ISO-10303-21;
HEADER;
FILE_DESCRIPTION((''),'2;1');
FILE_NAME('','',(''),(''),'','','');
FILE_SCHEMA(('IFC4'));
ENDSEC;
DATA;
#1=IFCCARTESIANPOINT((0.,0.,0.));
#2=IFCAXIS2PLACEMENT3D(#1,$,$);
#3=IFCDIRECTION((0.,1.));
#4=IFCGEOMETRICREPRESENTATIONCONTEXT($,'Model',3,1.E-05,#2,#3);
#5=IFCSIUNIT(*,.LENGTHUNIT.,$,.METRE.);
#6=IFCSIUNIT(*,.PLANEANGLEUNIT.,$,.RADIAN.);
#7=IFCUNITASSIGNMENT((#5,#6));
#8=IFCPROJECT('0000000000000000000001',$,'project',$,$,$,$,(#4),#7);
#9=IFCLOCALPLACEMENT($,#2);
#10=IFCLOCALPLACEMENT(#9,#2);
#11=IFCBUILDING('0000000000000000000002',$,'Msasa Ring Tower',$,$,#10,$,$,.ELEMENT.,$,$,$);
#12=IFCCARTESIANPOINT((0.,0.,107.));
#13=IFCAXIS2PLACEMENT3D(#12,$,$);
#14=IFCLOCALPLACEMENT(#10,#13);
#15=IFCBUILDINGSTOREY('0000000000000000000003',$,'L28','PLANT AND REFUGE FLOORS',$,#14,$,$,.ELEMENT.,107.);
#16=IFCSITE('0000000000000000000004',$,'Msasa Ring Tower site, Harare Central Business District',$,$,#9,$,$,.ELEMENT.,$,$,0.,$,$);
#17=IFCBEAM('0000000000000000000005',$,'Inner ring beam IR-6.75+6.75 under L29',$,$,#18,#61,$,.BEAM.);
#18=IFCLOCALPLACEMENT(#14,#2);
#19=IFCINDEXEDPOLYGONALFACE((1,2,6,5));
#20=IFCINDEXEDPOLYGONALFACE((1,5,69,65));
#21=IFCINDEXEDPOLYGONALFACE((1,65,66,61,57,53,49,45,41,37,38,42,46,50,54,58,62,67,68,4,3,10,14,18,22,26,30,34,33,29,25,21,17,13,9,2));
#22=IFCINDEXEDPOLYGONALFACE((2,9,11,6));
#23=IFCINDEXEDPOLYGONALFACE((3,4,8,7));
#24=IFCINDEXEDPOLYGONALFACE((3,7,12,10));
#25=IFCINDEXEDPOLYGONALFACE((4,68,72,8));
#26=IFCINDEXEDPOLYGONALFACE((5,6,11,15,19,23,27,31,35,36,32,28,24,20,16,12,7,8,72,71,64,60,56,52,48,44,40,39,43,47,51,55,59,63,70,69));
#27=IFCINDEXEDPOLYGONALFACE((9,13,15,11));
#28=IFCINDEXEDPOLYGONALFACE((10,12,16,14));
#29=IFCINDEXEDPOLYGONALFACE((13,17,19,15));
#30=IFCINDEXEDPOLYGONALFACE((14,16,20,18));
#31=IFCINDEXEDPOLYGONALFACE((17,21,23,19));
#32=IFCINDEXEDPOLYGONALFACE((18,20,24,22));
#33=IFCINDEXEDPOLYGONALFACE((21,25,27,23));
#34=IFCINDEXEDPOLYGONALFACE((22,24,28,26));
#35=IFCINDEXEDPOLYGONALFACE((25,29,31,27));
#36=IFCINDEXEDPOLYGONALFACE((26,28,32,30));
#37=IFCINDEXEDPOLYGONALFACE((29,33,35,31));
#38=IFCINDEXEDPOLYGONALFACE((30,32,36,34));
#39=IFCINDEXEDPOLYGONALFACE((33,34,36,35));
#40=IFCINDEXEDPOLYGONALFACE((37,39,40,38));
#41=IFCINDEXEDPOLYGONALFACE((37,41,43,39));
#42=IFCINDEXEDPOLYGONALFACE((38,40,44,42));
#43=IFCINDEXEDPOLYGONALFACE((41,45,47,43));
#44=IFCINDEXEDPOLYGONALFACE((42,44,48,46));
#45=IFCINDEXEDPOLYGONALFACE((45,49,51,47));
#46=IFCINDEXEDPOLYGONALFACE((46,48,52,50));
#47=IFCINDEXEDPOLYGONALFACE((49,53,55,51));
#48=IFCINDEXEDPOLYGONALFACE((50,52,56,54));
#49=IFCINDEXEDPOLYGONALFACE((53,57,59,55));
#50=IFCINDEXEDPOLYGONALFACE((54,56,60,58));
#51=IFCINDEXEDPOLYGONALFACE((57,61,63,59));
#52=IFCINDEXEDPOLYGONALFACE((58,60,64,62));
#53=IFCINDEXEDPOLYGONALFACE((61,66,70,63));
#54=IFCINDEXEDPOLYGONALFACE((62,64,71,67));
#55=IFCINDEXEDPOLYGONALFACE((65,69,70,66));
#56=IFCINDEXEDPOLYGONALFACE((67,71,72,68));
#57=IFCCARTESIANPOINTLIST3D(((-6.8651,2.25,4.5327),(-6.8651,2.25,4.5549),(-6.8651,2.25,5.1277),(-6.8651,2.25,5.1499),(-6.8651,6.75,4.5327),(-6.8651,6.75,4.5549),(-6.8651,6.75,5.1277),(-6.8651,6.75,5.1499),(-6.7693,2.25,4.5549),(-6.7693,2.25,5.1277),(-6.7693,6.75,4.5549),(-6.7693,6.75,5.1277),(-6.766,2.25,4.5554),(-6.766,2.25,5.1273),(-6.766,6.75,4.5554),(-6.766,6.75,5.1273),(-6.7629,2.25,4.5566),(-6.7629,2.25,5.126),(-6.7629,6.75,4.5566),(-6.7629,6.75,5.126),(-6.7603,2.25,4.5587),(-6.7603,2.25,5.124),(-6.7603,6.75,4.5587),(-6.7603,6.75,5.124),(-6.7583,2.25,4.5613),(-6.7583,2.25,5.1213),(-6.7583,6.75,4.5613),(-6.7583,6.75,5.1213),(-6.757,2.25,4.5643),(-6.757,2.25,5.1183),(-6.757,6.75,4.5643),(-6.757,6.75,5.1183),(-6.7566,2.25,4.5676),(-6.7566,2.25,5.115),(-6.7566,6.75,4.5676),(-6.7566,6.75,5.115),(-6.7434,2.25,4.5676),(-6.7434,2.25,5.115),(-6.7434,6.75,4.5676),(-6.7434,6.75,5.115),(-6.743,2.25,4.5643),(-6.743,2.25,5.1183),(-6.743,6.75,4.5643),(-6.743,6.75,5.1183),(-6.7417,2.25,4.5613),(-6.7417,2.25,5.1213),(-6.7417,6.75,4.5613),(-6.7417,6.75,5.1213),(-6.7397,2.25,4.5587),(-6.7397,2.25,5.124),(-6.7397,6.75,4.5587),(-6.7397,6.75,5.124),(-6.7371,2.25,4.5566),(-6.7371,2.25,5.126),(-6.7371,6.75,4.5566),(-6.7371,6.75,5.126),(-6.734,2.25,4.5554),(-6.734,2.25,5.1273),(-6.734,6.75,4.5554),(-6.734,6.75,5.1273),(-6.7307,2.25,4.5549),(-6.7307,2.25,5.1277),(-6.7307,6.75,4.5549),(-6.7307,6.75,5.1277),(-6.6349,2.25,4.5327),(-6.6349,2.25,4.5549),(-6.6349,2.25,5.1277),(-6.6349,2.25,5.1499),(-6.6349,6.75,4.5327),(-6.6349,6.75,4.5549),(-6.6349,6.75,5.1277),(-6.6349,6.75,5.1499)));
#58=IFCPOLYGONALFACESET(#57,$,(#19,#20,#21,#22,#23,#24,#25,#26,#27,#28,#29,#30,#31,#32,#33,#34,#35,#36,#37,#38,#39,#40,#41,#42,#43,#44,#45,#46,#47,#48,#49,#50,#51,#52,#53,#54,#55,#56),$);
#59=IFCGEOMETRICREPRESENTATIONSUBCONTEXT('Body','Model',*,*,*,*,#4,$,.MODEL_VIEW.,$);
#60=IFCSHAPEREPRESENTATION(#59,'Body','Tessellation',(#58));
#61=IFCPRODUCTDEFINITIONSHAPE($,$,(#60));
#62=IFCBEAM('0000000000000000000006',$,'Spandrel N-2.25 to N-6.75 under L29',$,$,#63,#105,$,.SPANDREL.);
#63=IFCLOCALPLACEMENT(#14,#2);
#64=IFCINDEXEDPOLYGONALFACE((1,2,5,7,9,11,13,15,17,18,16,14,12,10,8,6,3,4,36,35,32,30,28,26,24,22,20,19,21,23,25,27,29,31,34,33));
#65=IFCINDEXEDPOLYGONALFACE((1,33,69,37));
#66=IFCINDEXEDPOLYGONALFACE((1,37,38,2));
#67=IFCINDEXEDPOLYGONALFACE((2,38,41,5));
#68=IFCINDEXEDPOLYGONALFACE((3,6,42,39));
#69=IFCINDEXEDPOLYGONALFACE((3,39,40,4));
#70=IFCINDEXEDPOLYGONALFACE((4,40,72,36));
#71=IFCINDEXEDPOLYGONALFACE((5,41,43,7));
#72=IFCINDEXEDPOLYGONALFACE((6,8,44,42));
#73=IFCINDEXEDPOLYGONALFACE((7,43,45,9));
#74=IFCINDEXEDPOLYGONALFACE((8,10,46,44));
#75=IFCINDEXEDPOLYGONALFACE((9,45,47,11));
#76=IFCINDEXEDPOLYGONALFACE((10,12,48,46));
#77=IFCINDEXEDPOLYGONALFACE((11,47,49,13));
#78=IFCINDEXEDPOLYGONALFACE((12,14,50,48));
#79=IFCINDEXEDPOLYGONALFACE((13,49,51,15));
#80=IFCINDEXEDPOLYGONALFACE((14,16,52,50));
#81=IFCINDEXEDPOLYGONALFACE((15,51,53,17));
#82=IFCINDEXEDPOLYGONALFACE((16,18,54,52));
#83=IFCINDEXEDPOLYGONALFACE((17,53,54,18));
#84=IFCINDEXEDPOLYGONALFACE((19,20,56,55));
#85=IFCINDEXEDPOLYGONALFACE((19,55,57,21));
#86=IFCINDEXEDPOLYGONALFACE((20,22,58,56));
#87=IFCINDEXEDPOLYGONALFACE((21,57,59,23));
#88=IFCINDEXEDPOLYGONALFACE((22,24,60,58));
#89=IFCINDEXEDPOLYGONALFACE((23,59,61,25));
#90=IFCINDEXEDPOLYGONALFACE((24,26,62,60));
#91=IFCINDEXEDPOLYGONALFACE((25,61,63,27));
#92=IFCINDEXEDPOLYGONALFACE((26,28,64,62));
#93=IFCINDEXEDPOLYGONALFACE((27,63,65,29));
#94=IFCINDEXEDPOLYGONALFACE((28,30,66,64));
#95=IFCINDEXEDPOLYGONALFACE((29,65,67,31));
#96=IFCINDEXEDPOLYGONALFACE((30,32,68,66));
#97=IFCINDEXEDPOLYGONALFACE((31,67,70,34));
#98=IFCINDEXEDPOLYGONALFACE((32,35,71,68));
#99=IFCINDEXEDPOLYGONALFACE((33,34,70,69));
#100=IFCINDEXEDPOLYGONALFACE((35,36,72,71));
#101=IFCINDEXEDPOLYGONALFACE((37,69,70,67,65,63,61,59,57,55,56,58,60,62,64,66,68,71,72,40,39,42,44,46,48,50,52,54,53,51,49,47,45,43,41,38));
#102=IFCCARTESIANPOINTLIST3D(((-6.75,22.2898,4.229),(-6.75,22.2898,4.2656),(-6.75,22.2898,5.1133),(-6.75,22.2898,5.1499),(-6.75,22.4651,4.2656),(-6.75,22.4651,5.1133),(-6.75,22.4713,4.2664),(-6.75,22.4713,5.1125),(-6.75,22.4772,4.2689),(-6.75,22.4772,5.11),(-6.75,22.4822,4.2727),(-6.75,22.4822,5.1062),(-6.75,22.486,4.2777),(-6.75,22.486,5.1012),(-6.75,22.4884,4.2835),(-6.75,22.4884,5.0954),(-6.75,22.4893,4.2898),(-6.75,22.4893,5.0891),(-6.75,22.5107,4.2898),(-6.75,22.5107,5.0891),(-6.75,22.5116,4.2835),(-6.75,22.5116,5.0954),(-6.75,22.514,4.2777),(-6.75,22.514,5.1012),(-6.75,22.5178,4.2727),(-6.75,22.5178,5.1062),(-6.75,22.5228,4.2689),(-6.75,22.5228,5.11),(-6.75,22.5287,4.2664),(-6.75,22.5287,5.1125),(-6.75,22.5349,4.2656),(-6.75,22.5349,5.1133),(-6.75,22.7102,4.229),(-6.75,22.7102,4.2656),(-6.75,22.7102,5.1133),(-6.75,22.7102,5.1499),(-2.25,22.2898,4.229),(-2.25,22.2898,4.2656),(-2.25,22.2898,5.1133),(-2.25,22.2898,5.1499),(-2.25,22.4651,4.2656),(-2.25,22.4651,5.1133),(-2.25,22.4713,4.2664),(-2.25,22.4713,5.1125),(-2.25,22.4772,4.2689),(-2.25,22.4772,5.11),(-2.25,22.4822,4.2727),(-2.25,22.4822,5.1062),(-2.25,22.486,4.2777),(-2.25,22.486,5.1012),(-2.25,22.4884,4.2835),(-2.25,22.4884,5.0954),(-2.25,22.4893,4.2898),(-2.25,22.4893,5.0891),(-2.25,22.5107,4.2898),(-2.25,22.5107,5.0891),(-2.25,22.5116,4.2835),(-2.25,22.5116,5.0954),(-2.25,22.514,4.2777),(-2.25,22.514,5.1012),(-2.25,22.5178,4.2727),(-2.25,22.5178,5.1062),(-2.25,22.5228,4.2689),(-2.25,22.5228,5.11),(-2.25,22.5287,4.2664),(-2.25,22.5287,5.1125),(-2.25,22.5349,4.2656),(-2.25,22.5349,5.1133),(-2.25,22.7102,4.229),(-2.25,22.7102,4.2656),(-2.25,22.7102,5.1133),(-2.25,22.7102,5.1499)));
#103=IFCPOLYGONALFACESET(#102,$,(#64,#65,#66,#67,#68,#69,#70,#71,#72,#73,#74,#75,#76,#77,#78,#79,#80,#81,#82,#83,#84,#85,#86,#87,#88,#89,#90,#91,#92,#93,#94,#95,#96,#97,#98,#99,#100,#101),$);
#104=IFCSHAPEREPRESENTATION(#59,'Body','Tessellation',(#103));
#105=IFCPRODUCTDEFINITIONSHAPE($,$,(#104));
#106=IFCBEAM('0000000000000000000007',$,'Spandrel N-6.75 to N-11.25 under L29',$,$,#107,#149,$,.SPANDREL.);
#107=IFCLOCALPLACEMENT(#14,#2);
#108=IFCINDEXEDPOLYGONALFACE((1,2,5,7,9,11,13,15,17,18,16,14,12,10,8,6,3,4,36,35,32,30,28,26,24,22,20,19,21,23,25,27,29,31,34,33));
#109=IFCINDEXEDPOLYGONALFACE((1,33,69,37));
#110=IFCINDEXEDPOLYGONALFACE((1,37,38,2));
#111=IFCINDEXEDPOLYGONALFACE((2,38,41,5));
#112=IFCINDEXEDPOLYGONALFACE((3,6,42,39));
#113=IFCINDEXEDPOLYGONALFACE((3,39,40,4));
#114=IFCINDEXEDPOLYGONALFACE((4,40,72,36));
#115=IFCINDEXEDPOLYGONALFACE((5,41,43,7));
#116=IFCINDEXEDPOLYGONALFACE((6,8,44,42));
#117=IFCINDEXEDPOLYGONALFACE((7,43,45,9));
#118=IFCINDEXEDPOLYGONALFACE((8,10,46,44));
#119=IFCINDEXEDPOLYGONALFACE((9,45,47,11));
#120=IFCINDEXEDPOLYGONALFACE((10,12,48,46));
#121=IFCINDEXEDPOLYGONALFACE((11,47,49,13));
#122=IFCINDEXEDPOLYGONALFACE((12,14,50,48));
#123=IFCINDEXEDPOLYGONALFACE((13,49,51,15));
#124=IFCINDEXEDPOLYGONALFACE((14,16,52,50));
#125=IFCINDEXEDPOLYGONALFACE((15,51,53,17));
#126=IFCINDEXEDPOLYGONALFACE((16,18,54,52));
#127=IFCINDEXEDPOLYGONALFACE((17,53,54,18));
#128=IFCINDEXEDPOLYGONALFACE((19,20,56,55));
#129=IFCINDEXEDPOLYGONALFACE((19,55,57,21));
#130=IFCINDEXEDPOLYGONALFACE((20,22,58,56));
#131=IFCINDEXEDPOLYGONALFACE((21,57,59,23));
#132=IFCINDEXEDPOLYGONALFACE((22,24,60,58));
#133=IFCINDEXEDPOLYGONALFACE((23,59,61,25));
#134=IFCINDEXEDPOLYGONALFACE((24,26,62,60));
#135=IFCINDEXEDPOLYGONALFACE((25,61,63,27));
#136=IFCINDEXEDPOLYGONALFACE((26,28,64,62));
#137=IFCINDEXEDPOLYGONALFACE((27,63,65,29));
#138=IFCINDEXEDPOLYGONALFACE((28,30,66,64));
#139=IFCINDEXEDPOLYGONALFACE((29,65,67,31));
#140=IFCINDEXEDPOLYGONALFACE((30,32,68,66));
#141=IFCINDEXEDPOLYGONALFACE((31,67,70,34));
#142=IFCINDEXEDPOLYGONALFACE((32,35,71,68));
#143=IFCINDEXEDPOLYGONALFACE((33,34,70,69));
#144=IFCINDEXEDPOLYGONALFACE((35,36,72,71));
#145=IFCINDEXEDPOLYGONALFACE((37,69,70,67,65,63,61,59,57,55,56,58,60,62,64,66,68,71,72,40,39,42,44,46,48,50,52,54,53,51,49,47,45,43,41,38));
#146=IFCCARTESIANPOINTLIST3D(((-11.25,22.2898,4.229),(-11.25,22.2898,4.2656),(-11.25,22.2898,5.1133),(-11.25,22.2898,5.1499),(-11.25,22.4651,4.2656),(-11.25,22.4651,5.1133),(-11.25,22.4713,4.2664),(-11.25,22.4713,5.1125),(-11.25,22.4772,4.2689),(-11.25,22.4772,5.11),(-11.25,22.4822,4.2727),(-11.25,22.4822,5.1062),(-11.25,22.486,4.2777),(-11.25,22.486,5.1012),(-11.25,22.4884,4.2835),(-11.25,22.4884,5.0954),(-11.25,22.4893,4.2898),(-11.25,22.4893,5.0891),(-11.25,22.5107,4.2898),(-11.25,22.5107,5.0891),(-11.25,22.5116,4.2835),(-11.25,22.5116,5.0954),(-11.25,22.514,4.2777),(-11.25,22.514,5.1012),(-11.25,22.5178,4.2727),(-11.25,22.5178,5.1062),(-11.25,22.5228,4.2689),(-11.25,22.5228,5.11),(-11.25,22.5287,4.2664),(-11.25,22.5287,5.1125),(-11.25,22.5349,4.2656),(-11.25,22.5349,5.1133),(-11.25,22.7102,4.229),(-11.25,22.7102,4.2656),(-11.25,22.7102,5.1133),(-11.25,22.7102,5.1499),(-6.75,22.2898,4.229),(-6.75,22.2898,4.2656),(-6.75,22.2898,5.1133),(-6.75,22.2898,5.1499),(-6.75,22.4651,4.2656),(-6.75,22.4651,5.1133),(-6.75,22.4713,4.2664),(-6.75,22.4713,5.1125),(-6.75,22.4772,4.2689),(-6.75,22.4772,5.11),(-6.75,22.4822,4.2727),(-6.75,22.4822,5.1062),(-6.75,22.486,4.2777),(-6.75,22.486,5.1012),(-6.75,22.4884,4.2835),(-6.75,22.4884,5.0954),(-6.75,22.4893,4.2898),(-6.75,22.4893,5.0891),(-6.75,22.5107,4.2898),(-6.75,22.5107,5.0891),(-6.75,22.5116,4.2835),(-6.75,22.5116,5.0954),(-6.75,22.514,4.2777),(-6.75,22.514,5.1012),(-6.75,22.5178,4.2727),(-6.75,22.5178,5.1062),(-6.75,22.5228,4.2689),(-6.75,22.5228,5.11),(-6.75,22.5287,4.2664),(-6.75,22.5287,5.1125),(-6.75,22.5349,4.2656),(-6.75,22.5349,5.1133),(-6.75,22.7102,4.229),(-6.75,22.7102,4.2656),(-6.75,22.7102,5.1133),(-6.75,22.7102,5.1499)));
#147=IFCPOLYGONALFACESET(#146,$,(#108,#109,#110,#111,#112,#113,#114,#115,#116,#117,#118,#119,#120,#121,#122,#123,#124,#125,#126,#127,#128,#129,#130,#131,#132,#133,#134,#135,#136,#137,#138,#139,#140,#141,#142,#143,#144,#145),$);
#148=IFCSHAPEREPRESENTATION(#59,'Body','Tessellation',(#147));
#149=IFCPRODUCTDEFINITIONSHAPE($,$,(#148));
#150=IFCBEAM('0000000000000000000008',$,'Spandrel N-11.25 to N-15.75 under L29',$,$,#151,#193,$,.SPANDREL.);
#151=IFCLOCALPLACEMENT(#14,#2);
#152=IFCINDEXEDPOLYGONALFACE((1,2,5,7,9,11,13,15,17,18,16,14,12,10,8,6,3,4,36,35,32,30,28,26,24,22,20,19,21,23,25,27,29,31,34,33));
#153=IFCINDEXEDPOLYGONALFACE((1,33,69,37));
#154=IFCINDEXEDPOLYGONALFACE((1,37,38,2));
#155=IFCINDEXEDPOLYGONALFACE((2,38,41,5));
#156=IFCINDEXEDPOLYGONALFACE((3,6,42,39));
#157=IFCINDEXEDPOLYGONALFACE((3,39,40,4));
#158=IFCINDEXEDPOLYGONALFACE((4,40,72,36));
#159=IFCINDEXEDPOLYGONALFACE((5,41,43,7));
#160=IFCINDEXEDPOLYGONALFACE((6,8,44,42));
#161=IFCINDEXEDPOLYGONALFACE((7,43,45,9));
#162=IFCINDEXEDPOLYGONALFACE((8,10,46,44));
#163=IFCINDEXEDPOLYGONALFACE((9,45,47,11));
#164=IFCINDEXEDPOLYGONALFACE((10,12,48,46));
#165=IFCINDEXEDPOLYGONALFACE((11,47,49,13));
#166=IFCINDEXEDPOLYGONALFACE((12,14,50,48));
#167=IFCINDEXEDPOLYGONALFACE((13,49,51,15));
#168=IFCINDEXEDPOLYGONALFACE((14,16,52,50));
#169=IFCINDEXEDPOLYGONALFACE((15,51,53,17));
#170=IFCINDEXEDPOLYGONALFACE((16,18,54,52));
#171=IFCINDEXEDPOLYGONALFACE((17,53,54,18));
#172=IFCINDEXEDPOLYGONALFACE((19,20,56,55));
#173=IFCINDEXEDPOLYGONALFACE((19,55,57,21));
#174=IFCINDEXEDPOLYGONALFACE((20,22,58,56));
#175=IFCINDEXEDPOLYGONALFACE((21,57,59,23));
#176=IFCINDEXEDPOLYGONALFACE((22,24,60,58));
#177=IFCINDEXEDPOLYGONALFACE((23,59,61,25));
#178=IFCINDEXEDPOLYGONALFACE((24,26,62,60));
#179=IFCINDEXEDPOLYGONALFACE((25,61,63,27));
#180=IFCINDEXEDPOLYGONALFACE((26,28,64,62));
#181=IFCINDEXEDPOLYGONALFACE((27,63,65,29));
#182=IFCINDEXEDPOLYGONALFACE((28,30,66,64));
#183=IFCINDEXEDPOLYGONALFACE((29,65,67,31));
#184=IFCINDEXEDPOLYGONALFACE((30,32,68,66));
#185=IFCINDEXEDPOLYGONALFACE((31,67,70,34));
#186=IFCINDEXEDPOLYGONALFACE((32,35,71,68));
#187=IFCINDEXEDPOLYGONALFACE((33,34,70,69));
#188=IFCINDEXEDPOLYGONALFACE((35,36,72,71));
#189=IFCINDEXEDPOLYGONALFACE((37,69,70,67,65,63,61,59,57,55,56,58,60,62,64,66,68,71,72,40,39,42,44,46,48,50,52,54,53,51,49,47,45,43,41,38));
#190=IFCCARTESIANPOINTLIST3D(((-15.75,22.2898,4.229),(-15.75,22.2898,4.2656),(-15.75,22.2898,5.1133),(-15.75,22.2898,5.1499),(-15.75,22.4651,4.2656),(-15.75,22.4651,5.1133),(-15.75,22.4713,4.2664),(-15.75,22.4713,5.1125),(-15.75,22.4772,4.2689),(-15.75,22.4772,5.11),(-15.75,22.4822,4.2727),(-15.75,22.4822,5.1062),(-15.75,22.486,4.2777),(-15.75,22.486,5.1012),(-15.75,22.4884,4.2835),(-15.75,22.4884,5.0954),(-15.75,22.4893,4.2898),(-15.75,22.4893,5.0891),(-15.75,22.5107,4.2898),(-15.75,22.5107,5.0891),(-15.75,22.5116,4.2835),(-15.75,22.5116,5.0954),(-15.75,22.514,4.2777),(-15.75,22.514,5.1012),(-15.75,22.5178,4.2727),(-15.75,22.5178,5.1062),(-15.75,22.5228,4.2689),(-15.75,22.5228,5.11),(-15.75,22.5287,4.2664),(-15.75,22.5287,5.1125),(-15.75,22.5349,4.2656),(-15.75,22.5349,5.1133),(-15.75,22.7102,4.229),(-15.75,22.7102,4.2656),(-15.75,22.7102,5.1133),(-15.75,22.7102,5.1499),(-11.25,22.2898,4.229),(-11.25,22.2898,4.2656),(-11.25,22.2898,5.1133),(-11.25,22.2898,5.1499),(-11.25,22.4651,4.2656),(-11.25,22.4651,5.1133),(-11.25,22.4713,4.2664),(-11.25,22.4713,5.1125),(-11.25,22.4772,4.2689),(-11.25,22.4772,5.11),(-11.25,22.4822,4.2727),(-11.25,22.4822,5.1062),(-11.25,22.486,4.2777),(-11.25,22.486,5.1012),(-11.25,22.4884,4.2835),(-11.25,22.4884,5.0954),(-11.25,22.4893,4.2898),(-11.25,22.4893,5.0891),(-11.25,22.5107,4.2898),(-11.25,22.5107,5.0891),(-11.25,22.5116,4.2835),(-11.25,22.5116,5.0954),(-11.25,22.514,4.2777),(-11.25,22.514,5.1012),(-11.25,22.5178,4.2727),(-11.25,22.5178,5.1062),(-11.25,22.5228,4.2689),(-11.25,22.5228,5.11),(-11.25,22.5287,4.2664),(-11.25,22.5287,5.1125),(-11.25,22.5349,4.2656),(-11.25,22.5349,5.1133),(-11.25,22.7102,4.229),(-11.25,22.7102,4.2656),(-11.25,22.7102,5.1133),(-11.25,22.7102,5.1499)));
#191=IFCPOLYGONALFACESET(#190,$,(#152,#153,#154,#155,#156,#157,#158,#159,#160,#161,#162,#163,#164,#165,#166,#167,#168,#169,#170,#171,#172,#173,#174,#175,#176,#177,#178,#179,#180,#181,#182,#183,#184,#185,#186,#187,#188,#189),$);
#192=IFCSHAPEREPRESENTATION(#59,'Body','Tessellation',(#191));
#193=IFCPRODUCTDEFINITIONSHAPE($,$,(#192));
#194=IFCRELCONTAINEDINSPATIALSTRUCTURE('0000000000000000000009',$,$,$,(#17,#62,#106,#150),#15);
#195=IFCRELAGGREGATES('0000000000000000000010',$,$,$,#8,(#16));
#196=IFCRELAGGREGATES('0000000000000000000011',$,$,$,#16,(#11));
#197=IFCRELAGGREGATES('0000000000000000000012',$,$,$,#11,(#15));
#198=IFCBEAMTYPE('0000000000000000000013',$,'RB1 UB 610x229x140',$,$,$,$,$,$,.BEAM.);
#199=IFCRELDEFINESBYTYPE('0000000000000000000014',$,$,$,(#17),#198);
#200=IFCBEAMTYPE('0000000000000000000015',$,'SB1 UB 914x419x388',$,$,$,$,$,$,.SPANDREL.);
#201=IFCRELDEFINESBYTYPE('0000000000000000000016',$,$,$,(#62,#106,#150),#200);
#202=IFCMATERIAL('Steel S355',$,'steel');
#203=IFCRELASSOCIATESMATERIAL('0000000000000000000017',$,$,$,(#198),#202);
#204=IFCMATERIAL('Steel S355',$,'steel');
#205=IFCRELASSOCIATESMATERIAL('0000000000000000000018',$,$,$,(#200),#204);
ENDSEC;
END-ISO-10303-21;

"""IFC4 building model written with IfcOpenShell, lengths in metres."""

from ifc_helpers import new_model, si_unit, direction, frame, origin, origin_2d, place, context, subcontext, project, spatial, i_section, extrude, material, material_profile, profile_set, type_object, element, save


model = new_model("IFC4")

# Units and contexts
model_context = context("Model", 3, precision=1e-05, world=origin(), true_north=direction((0.0, 1.0)))
body_context = subcontext(model_context, "Body", "Model", "MODEL_VIEW")
ifc_project = project(units=[si_unit("LENGTHUNIT", "METRE"), si_unit("PLANEANGLEUNIT", "RADIAN")], contexts=[model_context])

# Site, building, storey
site_placement = place(None, origin())
site = spatial("IfcSite", under=ifc_project, at=site_placement, Name="Msasa Ring Tower site, Harare Central Business District", CompositionType="ELEMENT", RefElevation=0.0)
building_placement = place(site_placement, origin())
building = spatial("IfcBuilding", under=site, at=building_placement, Name="Msasa Ring Tower", CompositionType="ELEMENT")
storey_placement = place(building_placement, frame((0.0, 0.0, 107.0)))
storey = spatial("IfcBuildingStorey", under=building, at=storey_placement, Name="L28", Description="PLANT AND REFUGE FLOORS", CompositionType="ELEMENT", Elevation=107.0)

# Beams
ifc_material_1 = material(Name="Steel S355", Category="steel")
ifc_material_profile_1 = material_profile(ifc_material_1, i_section(OverallWidth=0.2302, OverallDepth=0.6172, WebThickness=0.0132, FlangeThickness=0.0222, FilletRadius=0.0127, at=origin_2d()), Name="UB 610x229x140")
ifc_profile_set_1 = profile_set([ifc_material_profile_1], Name="Steel S355")
beam_type_1 = type_object("IfcBeamType", Name="RB1 UB 610x229x140", PredefinedType="BEAM", material=ifc_profile_set_1)
for number, where, z_axis, x_axis, name in (
    (1, (-6.75, 6.75, 4.8413), (0.0, -1.0, 0.0), (1.0, 0.0, 0.0), "Inner ring beam IR-6.75+6.75 under L29"),
):
    element("IfcBeam", number, at=place(storey_placement, frame(where, z_axis=z_axis, x_axis=x_axis)), inside=storey, type_object=beam_type_1, Name=name, PredefinedType="BEAM", context=body_context, shape_type="SweptSolid", body=[
        extrude(i_section(OverallWidth=0.2302, OverallDepth=0.6172, WebThickness=0.0132, FlangeThickness=0.0222, FilletRadius=0.0127, at=origin_2d()), origin(), (0.0, 0.0, 1.0), 4.5),
    ])
ifc_material_2 = material(Name="Steel S355", Category="steel")
ifc_material_profile_2 = material_profile(ifc_material_2, i_section(OverallWidth=0.4204, OverallDepth=0.9209, WebThickness=0.0215, FlangeThickness=0.0366, FilletRadius=0.0242, at=origin_2d()), Name="UB 914x419x388")
ifc_profile_set_2 = profile_set([ifc_material_profile_2], Name="Steel S355")
beam_type_2 = type_object("IfcBeamType", Name="SB1 UB 914x419x388", PredefinedType="SPANDREL", material=ifc_profile_set_2)
for number, where, z_axis, x_axis, name in (
    (2, (-2.25, 22.5, 4.6895), (-1.0, 0.0, 0.0), (0.0, -1.0, 0.0), "Spandrel N-2.25 to N-6.75 under L29"),
    (3, (-6.75, 22.5, 4.6895), (-1.0, 0.0, 0.0), (0.0, -1.0, 0.0), "Spandrel N-6.75 to N-11.25 under L29"),
    (4, (-11.25, 22.5, 4.6895), (-1.0, 0.0, 0.0), (0.0, -1.0, 0.0), "Spandrel N-11.25 to N-15.75 under L29"),
):
    element("IfcBeam", number, at=place(storey_placement, frame(where, z_axis=z_axis, x_axis=x_axis)), inside=storey, type_object=beam_type_2, Name=name, PredefinedType="SPANDREL", context=body_context, shape_type="SweptSolid", body=[
        extrude(i_section(OverallWidth=0.4204, OverallDepth=0.9209, WebThickness=0.0215, FlangeThickness=0.0366, FilletRadius=0.0242, at=origin_2d()), origin(), (0.0, 0.0, 1.0), 4.5),
    ])

save(model, "model.ifc")
